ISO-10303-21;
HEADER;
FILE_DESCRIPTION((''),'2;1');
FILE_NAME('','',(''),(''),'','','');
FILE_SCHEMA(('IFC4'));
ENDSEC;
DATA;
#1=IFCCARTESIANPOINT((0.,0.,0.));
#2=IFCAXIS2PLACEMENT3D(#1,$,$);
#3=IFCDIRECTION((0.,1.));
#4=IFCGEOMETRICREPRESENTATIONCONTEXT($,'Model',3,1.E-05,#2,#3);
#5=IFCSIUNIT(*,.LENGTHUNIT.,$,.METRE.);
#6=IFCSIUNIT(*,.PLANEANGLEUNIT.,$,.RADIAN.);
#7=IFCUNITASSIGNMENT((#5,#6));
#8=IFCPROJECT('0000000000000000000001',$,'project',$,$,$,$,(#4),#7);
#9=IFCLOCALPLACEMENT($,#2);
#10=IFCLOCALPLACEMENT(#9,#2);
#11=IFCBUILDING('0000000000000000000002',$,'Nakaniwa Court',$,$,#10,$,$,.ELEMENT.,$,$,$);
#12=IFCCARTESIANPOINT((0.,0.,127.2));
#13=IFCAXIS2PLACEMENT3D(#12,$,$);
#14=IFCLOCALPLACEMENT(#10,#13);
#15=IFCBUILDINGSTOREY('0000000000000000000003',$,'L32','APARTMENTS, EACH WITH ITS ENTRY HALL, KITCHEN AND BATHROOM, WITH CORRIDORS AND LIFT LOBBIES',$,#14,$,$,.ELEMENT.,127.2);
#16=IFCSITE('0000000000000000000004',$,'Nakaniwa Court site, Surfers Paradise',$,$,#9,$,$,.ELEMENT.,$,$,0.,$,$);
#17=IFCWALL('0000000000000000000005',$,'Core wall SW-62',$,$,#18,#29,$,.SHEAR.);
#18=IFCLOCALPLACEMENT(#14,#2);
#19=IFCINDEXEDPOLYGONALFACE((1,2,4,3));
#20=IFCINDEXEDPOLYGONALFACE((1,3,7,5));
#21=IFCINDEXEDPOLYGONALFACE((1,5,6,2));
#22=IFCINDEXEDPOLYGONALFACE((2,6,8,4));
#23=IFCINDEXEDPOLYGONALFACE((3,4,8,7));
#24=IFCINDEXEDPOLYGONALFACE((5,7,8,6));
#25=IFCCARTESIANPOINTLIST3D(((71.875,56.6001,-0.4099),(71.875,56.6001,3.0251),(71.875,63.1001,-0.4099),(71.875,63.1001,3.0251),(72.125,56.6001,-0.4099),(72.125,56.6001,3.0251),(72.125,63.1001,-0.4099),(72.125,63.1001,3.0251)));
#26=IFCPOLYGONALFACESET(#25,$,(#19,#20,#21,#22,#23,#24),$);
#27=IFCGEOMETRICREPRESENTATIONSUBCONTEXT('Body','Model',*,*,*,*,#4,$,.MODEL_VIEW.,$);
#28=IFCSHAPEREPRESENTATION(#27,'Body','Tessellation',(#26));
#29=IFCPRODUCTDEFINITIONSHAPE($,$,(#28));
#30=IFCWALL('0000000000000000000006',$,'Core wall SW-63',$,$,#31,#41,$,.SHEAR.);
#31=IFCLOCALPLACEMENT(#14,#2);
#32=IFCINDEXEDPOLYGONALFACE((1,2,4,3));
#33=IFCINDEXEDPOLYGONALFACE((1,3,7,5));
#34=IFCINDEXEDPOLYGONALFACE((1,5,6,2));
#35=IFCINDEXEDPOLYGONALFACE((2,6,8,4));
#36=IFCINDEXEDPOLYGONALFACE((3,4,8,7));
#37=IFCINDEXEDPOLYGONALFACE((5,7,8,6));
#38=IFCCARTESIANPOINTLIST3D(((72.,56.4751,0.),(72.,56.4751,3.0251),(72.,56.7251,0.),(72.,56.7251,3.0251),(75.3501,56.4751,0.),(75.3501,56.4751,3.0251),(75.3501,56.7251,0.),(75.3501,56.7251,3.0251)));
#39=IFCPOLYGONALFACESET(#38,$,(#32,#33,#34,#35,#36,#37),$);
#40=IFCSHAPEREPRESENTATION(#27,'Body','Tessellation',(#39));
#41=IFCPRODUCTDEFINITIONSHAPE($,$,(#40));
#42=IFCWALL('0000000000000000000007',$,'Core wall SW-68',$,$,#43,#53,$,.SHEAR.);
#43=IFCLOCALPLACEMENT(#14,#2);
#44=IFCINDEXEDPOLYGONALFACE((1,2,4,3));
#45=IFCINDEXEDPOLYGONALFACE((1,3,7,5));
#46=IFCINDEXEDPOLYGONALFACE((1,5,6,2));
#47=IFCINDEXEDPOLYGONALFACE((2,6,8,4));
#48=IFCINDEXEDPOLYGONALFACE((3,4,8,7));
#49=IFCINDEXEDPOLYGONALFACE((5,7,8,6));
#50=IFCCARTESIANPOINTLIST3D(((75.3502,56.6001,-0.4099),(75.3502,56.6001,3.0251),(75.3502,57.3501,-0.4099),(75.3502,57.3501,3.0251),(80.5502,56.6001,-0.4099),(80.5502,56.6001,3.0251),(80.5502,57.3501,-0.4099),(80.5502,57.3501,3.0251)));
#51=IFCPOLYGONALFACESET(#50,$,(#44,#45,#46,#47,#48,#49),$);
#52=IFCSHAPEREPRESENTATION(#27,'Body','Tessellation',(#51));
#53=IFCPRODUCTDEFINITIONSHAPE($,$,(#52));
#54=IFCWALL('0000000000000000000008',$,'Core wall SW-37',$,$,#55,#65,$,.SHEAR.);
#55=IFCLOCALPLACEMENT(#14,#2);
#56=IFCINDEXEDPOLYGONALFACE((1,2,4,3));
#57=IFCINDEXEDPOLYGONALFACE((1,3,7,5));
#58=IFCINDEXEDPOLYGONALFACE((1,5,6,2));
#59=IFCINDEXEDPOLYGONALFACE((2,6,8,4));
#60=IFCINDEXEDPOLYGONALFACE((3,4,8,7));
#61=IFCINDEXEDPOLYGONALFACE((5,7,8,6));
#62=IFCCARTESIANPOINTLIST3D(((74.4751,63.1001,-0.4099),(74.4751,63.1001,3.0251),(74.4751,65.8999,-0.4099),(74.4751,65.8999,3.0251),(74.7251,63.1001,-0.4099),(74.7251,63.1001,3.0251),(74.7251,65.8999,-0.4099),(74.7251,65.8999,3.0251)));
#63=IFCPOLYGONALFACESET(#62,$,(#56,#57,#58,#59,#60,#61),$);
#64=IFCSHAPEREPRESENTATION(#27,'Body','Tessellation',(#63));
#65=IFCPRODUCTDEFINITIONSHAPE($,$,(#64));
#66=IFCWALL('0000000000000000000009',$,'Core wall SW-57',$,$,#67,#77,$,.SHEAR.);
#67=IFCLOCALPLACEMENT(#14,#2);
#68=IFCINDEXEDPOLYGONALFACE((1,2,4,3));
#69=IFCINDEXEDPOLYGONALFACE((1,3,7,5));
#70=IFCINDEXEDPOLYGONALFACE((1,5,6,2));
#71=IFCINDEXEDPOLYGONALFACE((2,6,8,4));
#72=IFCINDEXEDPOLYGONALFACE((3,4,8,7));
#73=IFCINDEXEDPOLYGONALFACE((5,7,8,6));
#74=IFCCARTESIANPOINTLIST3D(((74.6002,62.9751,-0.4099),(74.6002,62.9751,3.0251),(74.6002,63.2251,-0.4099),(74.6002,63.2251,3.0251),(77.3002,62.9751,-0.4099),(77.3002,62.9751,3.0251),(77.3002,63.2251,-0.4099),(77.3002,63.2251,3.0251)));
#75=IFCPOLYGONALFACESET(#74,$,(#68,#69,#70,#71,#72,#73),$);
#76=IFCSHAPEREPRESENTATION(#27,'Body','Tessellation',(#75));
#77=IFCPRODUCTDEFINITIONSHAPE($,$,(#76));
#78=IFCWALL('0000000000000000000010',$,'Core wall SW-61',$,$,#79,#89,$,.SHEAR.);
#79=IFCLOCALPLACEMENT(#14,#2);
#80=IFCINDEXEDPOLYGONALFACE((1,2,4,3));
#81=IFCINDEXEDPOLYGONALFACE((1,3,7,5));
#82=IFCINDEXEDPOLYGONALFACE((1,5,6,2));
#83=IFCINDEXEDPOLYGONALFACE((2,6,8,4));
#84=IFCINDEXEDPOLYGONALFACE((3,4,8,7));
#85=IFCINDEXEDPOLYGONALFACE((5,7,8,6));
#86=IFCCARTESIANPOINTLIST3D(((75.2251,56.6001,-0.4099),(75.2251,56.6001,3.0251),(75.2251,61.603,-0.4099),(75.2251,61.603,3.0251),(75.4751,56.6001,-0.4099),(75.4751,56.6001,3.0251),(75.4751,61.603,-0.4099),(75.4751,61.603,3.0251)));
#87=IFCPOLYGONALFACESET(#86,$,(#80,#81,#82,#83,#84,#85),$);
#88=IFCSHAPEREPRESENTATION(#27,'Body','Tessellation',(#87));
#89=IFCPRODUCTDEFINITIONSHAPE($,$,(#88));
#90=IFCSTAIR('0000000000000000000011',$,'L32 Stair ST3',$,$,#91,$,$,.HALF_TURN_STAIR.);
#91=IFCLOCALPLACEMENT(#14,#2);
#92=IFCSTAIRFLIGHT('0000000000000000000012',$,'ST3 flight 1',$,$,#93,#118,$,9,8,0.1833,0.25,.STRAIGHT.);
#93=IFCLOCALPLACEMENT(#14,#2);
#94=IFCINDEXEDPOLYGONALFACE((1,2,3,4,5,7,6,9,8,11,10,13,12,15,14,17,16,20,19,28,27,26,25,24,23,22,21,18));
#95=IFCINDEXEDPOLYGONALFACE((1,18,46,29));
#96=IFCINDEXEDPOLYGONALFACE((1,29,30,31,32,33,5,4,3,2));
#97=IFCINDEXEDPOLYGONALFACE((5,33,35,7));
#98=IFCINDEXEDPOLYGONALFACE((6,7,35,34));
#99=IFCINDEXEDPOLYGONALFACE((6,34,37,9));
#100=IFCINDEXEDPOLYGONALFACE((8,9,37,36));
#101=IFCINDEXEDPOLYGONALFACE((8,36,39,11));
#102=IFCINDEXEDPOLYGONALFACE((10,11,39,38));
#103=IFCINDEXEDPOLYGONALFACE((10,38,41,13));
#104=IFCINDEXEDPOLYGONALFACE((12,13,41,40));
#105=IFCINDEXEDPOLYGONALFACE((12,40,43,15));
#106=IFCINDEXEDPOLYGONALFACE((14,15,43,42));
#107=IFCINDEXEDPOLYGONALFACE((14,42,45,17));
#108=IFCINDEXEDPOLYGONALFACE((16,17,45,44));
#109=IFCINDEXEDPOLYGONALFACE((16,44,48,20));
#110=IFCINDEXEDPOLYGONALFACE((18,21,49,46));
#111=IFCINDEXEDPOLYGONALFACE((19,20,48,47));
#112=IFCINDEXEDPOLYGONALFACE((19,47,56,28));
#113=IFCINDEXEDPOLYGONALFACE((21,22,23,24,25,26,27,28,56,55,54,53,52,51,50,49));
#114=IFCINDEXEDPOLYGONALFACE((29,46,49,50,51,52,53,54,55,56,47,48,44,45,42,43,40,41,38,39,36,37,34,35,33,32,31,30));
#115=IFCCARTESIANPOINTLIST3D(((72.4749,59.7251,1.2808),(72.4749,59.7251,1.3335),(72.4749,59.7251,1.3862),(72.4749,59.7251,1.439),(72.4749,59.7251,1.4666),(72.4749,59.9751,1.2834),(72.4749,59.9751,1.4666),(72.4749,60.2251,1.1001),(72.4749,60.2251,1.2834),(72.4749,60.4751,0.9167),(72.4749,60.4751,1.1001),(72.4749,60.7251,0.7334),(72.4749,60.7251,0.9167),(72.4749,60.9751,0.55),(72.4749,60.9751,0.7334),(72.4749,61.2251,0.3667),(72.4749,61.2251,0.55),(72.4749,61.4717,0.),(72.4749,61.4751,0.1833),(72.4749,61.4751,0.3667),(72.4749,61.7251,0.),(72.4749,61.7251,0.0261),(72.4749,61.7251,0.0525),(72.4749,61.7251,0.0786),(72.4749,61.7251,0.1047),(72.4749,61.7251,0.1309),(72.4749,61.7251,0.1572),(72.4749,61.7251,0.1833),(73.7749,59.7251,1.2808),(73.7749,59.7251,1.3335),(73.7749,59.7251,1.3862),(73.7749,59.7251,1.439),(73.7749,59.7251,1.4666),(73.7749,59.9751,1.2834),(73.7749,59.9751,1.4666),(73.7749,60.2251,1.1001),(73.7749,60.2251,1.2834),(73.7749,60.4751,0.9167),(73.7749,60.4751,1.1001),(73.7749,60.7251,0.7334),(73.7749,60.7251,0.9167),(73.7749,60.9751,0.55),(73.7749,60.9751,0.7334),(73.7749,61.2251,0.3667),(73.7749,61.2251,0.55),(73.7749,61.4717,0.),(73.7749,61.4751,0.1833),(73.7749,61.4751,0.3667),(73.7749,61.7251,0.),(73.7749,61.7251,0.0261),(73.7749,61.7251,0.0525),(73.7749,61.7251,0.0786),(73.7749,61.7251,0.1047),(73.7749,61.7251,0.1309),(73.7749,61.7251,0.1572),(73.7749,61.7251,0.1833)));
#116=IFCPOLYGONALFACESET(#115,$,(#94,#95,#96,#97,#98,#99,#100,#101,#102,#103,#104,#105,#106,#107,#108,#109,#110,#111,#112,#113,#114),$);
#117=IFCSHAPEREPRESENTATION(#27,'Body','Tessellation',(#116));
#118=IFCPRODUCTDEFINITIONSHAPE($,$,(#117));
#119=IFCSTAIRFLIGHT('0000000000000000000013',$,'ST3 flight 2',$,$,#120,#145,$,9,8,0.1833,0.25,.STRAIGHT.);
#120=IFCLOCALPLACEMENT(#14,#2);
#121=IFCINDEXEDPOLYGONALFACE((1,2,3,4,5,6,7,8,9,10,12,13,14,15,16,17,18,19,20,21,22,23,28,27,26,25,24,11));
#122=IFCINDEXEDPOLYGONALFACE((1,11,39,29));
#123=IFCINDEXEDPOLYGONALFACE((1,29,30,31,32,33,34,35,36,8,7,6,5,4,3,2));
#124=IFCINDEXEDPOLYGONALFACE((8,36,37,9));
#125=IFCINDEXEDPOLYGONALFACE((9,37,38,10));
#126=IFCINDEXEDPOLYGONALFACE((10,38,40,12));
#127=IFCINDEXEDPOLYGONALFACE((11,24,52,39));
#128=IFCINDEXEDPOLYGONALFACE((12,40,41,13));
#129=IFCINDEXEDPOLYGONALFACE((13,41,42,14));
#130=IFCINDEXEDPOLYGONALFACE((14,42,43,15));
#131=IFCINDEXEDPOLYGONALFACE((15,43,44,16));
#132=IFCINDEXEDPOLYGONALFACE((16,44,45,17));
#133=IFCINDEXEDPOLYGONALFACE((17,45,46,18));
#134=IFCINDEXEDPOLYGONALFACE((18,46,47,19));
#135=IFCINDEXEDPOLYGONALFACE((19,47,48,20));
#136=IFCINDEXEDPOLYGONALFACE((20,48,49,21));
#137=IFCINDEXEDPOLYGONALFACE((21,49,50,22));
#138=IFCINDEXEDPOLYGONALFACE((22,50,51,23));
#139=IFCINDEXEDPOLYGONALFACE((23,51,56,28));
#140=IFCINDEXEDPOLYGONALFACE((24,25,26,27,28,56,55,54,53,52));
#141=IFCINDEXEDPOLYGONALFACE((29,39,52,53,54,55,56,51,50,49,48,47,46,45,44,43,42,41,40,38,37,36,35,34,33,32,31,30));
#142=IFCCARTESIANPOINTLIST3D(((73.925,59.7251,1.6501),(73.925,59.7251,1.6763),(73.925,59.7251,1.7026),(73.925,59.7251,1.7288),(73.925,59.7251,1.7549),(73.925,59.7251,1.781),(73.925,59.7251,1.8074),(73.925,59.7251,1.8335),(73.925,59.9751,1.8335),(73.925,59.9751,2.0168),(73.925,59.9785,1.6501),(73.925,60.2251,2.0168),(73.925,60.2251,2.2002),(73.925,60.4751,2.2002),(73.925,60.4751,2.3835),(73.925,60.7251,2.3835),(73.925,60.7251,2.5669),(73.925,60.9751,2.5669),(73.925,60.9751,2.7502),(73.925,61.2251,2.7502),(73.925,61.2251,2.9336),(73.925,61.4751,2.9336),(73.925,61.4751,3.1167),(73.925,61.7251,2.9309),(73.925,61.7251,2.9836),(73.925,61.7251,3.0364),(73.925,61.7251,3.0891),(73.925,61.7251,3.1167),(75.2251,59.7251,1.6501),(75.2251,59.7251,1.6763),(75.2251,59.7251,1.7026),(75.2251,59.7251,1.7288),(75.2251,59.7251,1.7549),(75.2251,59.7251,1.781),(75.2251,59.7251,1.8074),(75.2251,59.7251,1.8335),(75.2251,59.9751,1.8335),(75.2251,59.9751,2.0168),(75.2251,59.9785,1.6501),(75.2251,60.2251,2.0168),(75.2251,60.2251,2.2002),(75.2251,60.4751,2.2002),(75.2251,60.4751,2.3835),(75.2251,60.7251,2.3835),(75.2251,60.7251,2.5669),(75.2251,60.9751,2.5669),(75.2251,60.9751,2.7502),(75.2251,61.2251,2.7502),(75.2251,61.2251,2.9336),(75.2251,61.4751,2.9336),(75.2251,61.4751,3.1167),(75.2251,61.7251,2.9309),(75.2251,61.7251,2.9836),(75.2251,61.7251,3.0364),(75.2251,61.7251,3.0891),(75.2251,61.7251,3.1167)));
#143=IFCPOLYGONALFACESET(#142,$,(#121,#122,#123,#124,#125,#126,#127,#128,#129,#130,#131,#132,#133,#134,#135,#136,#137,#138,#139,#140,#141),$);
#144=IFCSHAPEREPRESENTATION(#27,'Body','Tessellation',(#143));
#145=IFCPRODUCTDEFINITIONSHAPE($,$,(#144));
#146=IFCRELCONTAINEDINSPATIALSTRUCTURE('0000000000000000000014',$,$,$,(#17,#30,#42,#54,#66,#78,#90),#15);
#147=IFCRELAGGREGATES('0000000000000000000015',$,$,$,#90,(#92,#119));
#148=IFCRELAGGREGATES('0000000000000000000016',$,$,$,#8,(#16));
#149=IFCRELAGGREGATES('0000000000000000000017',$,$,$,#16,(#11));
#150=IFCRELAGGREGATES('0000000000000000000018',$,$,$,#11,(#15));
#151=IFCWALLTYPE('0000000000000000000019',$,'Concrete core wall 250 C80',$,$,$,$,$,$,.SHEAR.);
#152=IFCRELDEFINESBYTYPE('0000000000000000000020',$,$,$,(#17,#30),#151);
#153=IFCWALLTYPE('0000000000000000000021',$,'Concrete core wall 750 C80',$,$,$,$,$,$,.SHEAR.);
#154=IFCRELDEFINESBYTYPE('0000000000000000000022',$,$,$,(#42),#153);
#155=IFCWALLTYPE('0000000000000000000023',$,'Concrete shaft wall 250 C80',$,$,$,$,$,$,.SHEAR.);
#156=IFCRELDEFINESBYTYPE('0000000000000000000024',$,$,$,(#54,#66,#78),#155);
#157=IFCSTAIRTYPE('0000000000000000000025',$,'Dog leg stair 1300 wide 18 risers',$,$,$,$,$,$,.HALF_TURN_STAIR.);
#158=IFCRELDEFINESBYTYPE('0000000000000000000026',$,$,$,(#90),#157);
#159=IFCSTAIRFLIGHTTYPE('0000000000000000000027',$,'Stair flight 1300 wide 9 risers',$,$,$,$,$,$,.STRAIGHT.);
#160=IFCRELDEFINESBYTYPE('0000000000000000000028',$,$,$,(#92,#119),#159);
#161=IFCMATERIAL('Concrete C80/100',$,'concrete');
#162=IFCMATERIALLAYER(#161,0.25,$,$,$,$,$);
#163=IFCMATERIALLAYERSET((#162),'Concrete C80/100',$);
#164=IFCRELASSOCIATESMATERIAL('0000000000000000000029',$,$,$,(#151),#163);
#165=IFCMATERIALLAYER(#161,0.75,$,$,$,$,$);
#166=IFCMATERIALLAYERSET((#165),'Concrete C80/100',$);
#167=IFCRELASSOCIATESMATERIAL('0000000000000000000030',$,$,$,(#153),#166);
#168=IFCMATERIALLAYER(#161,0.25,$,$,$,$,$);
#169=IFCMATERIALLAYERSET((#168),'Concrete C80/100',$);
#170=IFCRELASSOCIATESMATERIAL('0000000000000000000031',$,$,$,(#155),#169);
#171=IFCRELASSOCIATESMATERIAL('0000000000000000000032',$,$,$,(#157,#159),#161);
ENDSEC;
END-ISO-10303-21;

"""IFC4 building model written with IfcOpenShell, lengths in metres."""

from ifc_helpers import new_model, si_unit, direction, frame, frame_2d, origin, place, context, subcontext, project, spatial, polyline, rectangle, outline, extrude, material, layer, layer_set, type_object, element, aggregate, save


model = new_model("IFC4")

# Units and contexts
model_context = context("Model", 3, precision=1e-05, world=origin(), true_north=direction((0.0, 1.0)))
body_context = subcontext(model_context, "Body", "Model", "MODEL_VIEW")
ifc_project = project(units=[si_unit("LENGTHUNIT", "METRE"), si_unit("PLANEANGLEUNIT", "RADIAN")], contexts=[model_context])

# Site, building, storey
site_placement = place(None, origin())
site = spatial("IfcSite", under=ifc_project, at=site_placement, Name="Nakaniwa Court site, Surfers Paradise", CompositionType="ELEMENT", RefElevation=0.0)
building_placement = place(site_placement, origin())
building = spatial("IfcBuilding", under=site, at=building_placement, Name="Nakaniwa Court", CompositionType="ELEMENT")
storey_placement = place(building_placement, frame((0.0, 0.0, 127.2)))
storey = spatial("IfcBuildingStorey", under=building, at=storey_placement, Name="L32", Description="APARTMENTS, EACH WITH ITS ENTRY HALL, KITCHEN AND BATHROOM, WITH CORRIDORS AND LIFT LOBBIES", CompositionType="ELEMENT", Elevation=127.2)

# Shared definitions
ifc_material_1 = material(Name="Concrete C80/100", Category="concrete")

# Walls
ifc_layer_1 = layer(ifc_material_1, 0.25)
ifc_layer_set_1 = layer_set([ifc_layer_1], Name="Concrete C80/100")
wall_type_1 = type_object("IfcWallType", Name="Concrete core wall 250 C80", PredefinedType="SHEAR", material=ifc_layer_set_1)
wall_1_placement = place(storey_placement, frame((72.0, 56.6001, -0.4099), z_axis=(0.0, 0.0, 1.0), x_axis=(0.0, 1.0, 0.0)))
element("IfcWall", 1, at=wall_1_placement, inside=storey, type_object=wall_type_1, Name="Core wall SW-62", PredefinedType="SHEAR", context=body_context, shape_type="SweptSolid", body=[
    extrude(rectangle(XDim=6.5, YDim=0.25, at=frame_2d((3.25, 0.0))), origin(), (0.0, 0.0, 1.0), 3.4351),
])
wall_2_placement = place(storey_placement, frame((72.0, 56.6001, 0.0), z_axis=(0.0, 0.0, 1.0), x_axis=(1.0, 0.0, 0.0)))
element("IfcWall", 2, at=wall_2_placement, inside=storey, type_object=wall_type_1, Name="Core wall SW-63", PredefinedType="SHEAR", context=body_context, shape_type="SweptSolid", body=[
    extrude(rectangle(XDim=3.3501, YDim=0.25, at=frame_2d((1.675, 0.0))), origin(), (0.0, 0.0, 1.0), 3.0251),
])
ifc_layer_2 = layer(ifc_material_1, 0.75)
ifc_layer_set_2 = layer_set([ifc_layer_2], Name="Concrete C80/100")
wall_type_2 = type_object("IfcWallType", Name="Concrete core wall 750 C80", PredefinedType="SHEAR", material=ifc_layer_set_2)
wall_3_placement = place(storey_placement, frame((75.3501, 56.9751, -0.4099), z_axis=(0.0, 0.0, 1.0), x_axis=(1.0, 0.0, 0.0)))
element("IfcWall", 3, at=wall_3_placement, inside=storey, type_object=wall_type_2, Name="Core wall SW-68", PredefinedType="SHEAR", context=body_context, shape_type="SweptSolid", body=[
    extrude(rectangle(XDim=5.2, YDim=0.75, at=frame_2d((2.6001, 0.0))), origin(), (0.0, 0.0, 1.0), 3.4351),
])
ifc_layer_3 = layer(ifc_material_1, 0.25)
ifc_layer_set_3 = layer_set([ifc_layer_3], Name="Concrete C80/100")
wall_type_3 = type_object("IfcWallType", Name="Concrete shaft wall 250 C80", PredefinedType="SHEAR", material=ifc_layer_set_3)
wall_4_placement = place(storey_placement, frame((74.6001, 63.1001, -0.4099), z_axis=(0.0, 0.0, 1.0), x_axis=(0.0, 1.0, 0.0)))
element("IfcWall", 4, at=wall_4_placement, inside=storey, type_object=wall_type_3, Name="Core wall SW-37", PredefinedType="SHEAR", context=body_context, shape_type="SweptSolid", body=[
    extrude(rectangle(XDim=2.7998, YDim=0.25, at=frame_2d((1.3999, 0.0))), origin(), (0.0, 0.0, 1.0), 3.4351),
])
wall_5_placement = place(storey_placement, frame((74.6001, 63.1001, -0.4099), z_axis=(0.0, 0.0, 1.0), x_axis=(1.0, 0.0, 0.0)))
element("IfcWall", 5, at=wall_5_placement, inside=storey, type_object=wall_type_3, Name="Core wall SW-57", PredefinedType="SHEAR", context=body_context, shape_type="SweptSolid", body=[
    extrude(rectangle(XDim=2.7, YDim=0.25, at=frame_2d((1.3501, 0.0))), origin(), (0.0, 0.0, 1.0), 3.4351),
])
wall_6_placement = place(storey_placement, frame((75.3501, 56.6001, -0.4099), z_axis=(0.0, 0.0, 1.0), x_axis=(0.0, 1.0, 0.0)))
element("IfcWall", 6, at=wall_6_placement, inside=storey, type_object=wall_type_3, Name="Core wall SW-61", PredefinedType="SHEAR", context=body_context, shape_type="SweptSolid", body=[
    extrude(rectangle(XDim=5.0029, YDim=0.25, at=frame_2d((2.5015, 0.0))), origin(), (0.0, 0.0, 1.0), 3.4351),
])

# Stair, stair flights
stair_type = type_object("IfcStairType", Name="Dog leg stair 1300 wide 18 risers", PredefinedType="HALF_TURN_STAIR", material=ifc_material_1)
stair_placement = place(storey_placement, origin())
stair = element("IfcStair", 7, at=stair_placement, inside=storey, type_object=stair_type, Name="L32 Stair ST3", PredefinedType="HALF_TURN_STAIR")
stair_flight_type = type_object("IfcStairFlightType", Name="Stair flight 1300 wide 9 risers", PredefinedType="STRAIGHT", material=ifc_material_1)
stair_flight_1_placement = place(storey_placement, frame((73.125, 61.7251, 0.0), z_axis=(0.0, 0.0, 1.0), x_axis=(0.0, -1.0, 0.0)))
stair_flight_1 = element("IfcStairFlight", 8, at=stair_flight_1_placement, type_object=stair_flight_type, Name="ST3 flight 1", NumberOfRisers=9, NumberOfTreads=8, PredefinedType="STRAIGHT", RiserHeight=0.1833, TreadLength=0.25, context=body_context, shape_type="SweptSolid", body=[
    extrude(outline(polyline([(0.0, 0.0), (0.0, 0.0261), (0.0, 0.0525), (0.0, 0.0786), (0.0, 0.1047), (0.0, 0.1309), (0.0, 0.1572), (0.0, 0.1833), (0.25, 0.1833), (0.25, 0.3667), (0.5, 0.3667), (0.5, 0.55), (0.75, 0.55), (0.75, 0.7334), (1.0, 0.7334), (1.0, 0.9167), (1.25, 0.9167), (1.25, 1.1001), (1.5, 1.1001), (1.5, 1.2834), (1.75, 1.2834), (1.75, 1.4666), (2.0, 1.4666), (2.0, 1.6499), (2.0, 1.5972), (2.0, 1.5444), (2.0, 1.4917), (2.0, 1.439), (2.0, 1.3862), (2.0, 1.3335), (2.0, 1.2808), (0.2534, 0.0), (0.0, 0.0)])), frame((0.0, 0.6499, 0.0), z_axis=(0.0, -1.0, 0.0), x_axis=(1.0, 0.0, 0.0)), (0.0, 0.0, 1.0), 1.3),
])
stair_flight_2_placement = place(storey_placement, frame((74.575, 59.7251, 1.6501), z_axis=(0.0, 0.0, 1.0), x_axis=(0.0, 1.0, 0.0)))
stair_flight_2 = element("IfcStairFlight", 9, at=stair_flight_2_placement, type_object=stair_flight_type, Name="ST3 flight 2", NumberOfRisers=9, NumberOfTreads=8, PredefinedType="STRAIGHT", RiserHeight=0.1833, TreadLength=0.25, context=body_context, shape_type="SweptSolid", body=[
    extrude(outline(polyline([(0.0, 0.0), (0.0, 0.0261), (0.0, 0.0525), (0.0, 0.0786), (0.0, 0.1047), (0.0, 0.1309), (0.0, 0.1572), (0.0, 0.1833), (0.25, 0.1833), (0.25, 0.3667), (0.5, 0.3667), (0.5, 0.55), (0.75, 0.55), (0.75, 0.7334), (1.0, 0.7334), (1.0, 0.9167), (1.25, 0.9167), (1.25, 1.1001), (1.5, 1.1001), (1.5, 1.2834), (1.75, 1.2834), (1.75, 1.4666), (2.0, 1.4666), (2.0, 1.6499), (2.0, 1.5972), (2.0, 1.5444), (2.0, 1.4917), (2.0, 1.439), (2.0, 1.3862), (2.0, 1.3335), (2.0, 1.2808), (0.2534, 0.0), (0.0, 0.0)])), frame((0.0, 0.6499, 0.0), z_axis=(0.0, -1.0, 0.0), x_axis=(1.0, 0.0, 0.0)), (0.0, 0.0, 1.0), 1.3),
])
aggregate(stair, [stair_flight_1, stair_flight_2])

save(model, "model.ifc")
